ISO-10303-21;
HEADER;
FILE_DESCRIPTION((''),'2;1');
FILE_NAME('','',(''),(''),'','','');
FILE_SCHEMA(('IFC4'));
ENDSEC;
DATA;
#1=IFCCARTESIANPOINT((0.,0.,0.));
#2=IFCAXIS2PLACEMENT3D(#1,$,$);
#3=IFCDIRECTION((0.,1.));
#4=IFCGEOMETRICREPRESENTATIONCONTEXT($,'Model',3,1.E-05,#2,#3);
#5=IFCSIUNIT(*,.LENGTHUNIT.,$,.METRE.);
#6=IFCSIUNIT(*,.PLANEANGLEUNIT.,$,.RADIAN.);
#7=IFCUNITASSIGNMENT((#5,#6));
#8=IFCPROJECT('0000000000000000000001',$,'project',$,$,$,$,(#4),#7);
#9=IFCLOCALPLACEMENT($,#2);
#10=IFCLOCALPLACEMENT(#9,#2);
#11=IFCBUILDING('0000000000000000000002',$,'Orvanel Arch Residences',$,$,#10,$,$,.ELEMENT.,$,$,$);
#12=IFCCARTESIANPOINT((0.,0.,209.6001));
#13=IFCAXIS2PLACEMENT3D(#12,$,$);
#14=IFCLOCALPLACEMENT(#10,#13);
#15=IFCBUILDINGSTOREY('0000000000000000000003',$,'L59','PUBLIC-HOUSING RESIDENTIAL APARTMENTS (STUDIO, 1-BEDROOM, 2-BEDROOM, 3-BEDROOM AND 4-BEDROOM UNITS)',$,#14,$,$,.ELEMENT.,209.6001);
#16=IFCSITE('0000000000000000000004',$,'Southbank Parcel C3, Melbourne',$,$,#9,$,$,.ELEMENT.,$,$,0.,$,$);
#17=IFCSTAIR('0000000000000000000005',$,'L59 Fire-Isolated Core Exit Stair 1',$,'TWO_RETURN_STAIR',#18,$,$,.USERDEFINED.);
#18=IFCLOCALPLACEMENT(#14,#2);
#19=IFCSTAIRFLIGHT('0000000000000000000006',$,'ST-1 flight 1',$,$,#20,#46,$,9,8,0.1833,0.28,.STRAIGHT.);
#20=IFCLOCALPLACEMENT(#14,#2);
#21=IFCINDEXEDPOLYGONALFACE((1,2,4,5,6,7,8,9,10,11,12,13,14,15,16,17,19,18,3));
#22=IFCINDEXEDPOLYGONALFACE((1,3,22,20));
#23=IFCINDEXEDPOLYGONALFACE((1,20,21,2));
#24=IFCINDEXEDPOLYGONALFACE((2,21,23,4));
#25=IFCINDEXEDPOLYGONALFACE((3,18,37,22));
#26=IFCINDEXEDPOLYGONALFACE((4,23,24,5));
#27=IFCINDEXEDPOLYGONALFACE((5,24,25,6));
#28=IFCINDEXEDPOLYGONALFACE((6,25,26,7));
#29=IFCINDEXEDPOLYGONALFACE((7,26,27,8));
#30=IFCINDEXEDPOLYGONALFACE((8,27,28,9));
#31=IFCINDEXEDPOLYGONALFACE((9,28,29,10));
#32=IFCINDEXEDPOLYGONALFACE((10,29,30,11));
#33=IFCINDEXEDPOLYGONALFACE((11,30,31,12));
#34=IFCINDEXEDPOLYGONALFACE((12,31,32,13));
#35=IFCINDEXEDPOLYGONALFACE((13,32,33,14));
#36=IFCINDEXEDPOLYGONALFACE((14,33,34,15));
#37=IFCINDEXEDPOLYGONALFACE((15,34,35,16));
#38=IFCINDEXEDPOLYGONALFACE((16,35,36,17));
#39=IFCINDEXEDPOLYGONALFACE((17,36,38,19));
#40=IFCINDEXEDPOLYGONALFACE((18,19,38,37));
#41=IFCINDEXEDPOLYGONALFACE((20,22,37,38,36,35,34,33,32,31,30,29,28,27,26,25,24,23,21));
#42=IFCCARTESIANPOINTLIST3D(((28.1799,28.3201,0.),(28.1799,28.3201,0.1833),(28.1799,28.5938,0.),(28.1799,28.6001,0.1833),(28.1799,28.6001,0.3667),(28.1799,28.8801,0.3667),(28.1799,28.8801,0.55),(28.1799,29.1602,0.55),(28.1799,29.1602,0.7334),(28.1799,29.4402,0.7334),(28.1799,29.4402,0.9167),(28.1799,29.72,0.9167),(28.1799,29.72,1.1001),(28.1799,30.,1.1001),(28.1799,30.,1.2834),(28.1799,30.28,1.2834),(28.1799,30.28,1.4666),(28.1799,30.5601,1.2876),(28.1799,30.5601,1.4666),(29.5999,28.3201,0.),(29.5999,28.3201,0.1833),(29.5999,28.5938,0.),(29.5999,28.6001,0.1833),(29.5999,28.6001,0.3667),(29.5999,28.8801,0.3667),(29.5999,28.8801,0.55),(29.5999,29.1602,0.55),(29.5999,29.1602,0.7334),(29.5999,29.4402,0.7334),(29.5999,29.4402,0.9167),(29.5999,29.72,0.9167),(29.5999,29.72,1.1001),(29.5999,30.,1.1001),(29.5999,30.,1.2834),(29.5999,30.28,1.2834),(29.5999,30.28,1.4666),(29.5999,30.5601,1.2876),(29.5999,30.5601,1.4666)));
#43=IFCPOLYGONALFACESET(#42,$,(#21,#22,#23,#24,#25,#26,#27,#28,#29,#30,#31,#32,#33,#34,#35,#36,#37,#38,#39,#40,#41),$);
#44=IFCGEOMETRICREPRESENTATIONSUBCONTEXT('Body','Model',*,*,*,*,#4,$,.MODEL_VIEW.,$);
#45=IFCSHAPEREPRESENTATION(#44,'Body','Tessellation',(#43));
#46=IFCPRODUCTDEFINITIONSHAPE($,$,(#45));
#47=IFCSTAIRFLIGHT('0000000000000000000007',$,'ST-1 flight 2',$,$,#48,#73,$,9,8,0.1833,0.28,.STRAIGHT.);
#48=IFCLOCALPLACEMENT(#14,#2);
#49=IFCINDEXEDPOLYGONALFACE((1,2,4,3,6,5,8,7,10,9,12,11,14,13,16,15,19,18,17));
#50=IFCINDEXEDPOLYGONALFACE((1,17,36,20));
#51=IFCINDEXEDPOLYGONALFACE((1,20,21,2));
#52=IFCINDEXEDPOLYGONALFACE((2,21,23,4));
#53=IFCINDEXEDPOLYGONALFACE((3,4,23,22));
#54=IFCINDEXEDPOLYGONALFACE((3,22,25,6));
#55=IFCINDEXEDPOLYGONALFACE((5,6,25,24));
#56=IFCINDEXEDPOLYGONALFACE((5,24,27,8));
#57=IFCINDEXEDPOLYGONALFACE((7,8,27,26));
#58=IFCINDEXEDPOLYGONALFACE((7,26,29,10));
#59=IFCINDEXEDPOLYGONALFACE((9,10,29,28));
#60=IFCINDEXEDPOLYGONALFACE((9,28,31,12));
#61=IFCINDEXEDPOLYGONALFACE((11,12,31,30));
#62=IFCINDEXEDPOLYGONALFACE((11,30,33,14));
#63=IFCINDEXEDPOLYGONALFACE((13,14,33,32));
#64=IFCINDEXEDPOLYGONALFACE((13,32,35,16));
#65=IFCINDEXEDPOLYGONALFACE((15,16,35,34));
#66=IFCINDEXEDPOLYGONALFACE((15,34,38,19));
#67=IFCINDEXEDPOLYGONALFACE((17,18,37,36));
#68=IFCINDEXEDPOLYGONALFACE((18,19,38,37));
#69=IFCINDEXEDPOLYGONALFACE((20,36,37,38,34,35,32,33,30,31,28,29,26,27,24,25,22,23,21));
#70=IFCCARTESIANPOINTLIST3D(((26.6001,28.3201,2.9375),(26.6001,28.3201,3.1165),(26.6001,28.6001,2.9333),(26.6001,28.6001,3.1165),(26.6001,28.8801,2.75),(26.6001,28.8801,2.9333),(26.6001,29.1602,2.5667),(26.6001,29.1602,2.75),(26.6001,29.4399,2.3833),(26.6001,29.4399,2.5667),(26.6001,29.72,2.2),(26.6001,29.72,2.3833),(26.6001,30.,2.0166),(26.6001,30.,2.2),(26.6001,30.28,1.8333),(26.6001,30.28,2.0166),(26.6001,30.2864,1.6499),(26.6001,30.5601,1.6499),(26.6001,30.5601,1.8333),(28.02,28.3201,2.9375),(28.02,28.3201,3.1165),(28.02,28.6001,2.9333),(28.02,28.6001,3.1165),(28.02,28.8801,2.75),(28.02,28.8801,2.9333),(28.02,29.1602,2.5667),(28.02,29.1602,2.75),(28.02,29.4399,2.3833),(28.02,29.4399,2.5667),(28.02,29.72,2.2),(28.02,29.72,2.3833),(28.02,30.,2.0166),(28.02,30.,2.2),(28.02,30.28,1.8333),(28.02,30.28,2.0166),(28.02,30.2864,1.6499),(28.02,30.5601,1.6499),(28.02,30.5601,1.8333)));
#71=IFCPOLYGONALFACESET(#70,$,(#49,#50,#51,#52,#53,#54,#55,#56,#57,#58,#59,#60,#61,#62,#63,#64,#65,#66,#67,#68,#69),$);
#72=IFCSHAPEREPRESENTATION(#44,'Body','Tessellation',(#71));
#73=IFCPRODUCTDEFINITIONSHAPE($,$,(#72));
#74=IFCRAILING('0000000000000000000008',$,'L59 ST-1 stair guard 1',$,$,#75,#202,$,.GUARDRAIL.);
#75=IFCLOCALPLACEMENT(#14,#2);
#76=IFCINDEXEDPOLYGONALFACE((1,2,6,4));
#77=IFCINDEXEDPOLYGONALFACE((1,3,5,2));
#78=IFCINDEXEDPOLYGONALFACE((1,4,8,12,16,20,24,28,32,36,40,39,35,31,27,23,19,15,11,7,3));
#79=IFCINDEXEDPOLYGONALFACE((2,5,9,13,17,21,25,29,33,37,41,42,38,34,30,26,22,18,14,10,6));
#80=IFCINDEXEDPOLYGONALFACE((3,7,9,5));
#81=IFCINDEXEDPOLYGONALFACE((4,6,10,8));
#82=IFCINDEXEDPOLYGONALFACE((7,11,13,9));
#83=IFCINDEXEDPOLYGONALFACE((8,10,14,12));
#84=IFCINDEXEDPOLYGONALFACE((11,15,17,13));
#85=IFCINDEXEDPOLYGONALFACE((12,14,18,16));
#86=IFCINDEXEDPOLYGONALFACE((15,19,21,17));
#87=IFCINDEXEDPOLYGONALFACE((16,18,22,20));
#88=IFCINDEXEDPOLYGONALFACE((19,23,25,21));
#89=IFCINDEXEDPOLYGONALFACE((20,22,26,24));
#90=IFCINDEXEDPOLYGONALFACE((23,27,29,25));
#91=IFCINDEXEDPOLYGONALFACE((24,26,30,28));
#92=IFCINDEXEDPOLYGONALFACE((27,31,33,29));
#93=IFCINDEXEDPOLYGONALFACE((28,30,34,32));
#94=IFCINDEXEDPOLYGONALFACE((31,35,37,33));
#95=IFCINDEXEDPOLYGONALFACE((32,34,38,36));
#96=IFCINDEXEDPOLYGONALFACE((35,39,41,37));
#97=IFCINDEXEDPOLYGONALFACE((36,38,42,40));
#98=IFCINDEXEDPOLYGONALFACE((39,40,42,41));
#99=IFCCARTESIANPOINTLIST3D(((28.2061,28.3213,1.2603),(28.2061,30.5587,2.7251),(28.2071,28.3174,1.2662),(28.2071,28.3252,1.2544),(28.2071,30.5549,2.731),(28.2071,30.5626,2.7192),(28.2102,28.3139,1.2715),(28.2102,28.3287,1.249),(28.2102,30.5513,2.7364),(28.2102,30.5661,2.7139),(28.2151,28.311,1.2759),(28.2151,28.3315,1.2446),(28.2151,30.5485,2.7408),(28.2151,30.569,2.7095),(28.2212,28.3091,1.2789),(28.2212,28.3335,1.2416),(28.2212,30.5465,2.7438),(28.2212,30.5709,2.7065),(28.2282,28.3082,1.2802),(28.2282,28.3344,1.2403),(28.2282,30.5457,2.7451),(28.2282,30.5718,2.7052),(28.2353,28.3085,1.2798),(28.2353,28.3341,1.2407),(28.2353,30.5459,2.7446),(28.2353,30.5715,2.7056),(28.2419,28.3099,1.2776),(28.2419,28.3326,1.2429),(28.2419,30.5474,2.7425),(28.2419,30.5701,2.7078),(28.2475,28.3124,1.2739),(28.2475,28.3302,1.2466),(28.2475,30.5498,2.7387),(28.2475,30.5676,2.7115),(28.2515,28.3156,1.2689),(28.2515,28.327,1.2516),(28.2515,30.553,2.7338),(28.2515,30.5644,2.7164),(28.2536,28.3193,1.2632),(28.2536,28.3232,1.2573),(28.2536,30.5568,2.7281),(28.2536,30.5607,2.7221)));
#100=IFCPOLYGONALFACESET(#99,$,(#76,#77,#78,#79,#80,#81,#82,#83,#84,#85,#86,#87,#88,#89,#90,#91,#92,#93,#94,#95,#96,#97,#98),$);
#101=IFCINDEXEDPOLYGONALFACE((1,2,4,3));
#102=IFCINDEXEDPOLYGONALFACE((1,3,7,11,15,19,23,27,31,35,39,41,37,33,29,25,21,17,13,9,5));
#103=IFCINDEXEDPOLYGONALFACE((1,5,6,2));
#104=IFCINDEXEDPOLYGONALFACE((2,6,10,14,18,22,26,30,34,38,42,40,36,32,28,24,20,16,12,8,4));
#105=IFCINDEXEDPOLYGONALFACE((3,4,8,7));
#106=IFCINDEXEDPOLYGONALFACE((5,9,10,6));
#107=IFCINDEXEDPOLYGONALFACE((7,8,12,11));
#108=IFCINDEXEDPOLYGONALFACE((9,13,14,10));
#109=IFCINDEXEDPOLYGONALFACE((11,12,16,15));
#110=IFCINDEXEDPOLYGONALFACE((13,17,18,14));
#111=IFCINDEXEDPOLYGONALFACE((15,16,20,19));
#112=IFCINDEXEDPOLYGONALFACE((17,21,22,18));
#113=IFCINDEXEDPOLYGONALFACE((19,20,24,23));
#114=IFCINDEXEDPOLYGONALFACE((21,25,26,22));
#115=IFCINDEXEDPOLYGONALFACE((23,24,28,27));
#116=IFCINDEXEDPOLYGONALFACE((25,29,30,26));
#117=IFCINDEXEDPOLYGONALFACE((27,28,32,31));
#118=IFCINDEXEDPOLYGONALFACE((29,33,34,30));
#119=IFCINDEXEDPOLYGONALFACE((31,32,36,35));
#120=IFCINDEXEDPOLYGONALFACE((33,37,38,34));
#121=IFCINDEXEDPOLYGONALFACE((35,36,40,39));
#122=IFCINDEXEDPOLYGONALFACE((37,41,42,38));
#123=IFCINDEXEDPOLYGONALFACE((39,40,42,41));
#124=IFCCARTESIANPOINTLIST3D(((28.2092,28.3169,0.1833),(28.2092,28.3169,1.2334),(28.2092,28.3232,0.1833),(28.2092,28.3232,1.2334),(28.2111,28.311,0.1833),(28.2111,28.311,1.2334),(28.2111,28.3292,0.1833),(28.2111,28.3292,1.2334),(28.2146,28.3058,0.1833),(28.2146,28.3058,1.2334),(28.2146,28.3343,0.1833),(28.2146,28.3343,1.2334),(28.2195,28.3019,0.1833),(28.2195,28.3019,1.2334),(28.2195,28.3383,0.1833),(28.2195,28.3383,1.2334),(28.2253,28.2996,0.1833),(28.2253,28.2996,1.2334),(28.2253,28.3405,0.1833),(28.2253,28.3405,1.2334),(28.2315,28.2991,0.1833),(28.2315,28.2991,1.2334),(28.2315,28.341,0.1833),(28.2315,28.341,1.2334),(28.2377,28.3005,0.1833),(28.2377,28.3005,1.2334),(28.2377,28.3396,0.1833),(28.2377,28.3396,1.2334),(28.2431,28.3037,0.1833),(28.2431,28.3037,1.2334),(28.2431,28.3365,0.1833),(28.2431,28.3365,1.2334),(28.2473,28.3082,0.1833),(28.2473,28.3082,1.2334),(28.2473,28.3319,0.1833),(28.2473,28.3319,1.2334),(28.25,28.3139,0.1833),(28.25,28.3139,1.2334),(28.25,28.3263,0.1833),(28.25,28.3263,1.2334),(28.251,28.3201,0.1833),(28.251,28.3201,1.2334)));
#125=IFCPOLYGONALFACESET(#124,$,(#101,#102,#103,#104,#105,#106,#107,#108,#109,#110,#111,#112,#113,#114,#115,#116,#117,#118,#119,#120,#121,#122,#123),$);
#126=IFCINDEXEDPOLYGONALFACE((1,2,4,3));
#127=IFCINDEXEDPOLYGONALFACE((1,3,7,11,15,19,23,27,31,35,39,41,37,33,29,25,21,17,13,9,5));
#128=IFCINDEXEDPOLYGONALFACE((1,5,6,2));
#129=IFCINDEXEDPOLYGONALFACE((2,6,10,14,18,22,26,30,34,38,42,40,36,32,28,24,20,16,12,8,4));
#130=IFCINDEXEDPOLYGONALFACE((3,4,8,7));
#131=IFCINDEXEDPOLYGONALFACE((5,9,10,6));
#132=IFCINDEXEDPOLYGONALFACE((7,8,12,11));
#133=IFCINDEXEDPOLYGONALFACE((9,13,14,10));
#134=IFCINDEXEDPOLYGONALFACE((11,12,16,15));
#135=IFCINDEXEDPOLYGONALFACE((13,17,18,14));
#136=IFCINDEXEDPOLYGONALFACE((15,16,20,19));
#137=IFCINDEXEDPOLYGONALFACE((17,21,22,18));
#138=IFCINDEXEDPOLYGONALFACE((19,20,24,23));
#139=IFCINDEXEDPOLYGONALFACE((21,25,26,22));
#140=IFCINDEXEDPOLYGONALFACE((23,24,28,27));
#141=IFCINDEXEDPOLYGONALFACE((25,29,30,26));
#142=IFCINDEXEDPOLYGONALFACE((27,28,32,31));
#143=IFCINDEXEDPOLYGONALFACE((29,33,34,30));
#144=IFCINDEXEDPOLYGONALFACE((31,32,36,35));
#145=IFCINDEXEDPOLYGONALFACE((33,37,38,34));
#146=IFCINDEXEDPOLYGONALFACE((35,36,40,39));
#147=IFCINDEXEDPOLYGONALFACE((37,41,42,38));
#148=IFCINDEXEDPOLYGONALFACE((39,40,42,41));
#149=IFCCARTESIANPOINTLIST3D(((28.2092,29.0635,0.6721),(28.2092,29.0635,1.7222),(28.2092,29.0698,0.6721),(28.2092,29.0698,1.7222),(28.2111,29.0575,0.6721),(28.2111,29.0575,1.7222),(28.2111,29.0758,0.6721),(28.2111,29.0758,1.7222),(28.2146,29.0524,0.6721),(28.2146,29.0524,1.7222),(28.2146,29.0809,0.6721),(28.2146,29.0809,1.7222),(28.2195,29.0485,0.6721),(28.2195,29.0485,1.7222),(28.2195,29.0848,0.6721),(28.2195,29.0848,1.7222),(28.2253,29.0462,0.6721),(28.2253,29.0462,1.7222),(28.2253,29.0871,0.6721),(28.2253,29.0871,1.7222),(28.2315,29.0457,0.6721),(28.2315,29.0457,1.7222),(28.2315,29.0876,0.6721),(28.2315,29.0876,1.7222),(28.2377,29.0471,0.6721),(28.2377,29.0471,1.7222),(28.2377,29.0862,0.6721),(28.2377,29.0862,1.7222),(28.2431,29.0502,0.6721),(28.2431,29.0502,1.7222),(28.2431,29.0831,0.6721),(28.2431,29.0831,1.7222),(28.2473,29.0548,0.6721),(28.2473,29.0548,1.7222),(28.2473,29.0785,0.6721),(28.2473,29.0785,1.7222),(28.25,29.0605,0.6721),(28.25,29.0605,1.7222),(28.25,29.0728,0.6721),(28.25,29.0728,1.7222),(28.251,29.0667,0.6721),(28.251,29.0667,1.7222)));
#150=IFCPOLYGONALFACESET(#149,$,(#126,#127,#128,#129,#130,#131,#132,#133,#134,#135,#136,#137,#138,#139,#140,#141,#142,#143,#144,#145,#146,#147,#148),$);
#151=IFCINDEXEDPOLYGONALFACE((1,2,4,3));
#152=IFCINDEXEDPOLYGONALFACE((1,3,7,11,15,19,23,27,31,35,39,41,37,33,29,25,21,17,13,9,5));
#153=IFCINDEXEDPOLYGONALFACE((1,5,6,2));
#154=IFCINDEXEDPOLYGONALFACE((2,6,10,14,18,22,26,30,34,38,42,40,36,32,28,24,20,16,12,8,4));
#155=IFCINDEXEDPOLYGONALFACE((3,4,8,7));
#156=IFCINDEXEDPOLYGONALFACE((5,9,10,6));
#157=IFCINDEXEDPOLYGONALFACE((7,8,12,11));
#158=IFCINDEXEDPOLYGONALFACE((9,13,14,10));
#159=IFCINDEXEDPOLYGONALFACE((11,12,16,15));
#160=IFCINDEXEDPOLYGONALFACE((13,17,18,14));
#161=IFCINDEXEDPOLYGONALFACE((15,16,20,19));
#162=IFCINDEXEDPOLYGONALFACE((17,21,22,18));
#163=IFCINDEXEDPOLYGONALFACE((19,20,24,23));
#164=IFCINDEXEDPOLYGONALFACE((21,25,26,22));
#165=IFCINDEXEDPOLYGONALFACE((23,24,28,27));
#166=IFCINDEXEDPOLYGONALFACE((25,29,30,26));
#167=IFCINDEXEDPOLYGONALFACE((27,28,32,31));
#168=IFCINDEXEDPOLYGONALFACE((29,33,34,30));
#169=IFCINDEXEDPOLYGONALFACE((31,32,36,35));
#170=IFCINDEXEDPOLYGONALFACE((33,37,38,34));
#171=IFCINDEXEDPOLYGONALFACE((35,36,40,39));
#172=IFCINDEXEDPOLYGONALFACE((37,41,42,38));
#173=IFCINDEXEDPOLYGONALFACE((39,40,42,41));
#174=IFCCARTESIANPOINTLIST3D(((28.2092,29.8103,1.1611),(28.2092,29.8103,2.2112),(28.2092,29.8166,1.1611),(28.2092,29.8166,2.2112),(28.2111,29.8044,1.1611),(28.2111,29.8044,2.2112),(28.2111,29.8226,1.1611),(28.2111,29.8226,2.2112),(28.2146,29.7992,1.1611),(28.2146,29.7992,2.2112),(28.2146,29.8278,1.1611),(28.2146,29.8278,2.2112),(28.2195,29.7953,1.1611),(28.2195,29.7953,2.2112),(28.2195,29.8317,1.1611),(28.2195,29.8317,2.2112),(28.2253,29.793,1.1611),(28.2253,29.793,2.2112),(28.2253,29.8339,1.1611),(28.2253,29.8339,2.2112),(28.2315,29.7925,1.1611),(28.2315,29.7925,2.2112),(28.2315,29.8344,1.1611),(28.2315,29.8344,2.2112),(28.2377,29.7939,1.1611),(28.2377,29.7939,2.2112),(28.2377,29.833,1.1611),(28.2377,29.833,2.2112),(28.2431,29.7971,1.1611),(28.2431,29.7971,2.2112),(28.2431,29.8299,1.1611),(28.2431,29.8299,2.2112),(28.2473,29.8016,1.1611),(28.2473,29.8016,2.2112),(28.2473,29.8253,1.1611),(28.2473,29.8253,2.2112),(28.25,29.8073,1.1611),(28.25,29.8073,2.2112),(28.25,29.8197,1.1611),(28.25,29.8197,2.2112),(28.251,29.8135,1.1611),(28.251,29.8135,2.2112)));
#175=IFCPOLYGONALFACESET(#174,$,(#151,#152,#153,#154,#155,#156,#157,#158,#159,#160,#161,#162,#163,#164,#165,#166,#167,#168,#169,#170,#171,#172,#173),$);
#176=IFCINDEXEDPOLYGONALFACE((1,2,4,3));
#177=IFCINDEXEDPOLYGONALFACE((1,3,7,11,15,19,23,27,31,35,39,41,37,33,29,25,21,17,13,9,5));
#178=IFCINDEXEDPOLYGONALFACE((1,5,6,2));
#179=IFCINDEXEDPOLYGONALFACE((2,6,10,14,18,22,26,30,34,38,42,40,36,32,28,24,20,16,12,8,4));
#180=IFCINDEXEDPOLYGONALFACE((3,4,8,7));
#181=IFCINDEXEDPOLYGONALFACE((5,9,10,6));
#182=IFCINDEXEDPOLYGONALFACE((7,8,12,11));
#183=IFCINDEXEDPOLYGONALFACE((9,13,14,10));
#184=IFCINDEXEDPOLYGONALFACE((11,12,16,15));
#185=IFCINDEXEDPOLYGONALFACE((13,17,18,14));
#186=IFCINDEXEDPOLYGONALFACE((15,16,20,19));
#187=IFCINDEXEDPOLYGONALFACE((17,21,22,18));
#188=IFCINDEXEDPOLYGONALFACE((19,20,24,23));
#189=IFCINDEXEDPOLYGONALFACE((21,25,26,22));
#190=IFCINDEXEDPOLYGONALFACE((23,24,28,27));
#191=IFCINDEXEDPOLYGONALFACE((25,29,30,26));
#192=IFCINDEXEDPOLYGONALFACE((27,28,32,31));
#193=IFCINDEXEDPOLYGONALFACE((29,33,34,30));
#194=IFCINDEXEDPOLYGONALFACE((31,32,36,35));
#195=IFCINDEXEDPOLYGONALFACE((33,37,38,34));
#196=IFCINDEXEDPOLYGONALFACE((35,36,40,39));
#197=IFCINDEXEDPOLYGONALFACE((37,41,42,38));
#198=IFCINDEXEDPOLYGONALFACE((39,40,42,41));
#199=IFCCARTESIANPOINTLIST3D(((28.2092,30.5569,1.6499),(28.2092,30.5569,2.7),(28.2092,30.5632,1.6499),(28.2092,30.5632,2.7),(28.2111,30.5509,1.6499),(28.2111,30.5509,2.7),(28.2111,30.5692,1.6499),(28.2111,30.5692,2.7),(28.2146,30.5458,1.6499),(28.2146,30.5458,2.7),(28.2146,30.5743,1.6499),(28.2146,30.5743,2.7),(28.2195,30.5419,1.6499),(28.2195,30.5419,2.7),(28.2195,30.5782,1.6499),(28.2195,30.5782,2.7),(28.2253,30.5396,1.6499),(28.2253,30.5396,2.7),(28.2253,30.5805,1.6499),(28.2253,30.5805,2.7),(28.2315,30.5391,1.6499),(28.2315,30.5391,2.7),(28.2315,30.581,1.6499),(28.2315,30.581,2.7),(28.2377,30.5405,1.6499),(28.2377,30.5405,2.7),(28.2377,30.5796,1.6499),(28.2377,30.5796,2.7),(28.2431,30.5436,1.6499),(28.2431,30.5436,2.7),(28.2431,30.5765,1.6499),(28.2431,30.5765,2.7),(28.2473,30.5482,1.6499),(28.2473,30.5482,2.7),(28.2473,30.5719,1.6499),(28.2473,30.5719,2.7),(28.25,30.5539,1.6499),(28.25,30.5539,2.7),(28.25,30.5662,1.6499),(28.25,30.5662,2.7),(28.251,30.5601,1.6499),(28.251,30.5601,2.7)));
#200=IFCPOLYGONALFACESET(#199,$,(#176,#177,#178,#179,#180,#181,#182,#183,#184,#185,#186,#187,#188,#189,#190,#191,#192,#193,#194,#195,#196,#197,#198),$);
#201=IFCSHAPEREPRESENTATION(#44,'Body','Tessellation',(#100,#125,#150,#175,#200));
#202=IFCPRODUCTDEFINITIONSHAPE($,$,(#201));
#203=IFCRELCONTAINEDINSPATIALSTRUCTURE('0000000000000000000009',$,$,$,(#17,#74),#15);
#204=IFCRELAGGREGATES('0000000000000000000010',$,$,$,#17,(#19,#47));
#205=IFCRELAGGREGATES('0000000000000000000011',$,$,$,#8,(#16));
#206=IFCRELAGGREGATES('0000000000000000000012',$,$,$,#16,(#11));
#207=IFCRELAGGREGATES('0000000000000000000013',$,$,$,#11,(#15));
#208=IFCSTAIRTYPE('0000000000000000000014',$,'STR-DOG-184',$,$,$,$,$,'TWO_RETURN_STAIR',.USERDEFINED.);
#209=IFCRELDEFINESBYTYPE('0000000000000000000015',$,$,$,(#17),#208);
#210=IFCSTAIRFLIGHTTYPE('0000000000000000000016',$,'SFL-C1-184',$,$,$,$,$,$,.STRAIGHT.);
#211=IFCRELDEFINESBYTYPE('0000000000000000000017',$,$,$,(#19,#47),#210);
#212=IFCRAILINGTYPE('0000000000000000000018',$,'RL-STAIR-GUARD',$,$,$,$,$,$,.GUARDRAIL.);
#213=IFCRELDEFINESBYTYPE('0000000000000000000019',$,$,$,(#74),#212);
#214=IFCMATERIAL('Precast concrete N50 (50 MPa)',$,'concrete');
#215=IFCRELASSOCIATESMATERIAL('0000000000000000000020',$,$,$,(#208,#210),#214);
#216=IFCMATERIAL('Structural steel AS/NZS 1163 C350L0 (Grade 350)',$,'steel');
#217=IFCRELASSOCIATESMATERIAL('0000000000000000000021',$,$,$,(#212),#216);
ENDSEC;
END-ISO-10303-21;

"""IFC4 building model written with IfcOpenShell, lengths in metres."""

from ifc_helpers import new_model, si_unit, direction, frame, origin, origin_2d, place, context, subcontext, project, spatial, polyline, circle, outline, extrude, material, type_object, element, aggregate, save


model = new_model("IFC4")

# Units and contexts
model_context = context("Model", 3, precision=1e-05, world=origin(), true_north=direction((0.0, 1.0)))
body_context = subcontext(model_context, "Body", "Model", "MODEL_VIEW")
ifc_project = project(units=[si_unit("LENGTHUNIT", "METRE"), si_unit("PLANEANGLEUNIT", "RADIAN")], contexts=[model_context])

# Site, building, storey
site_placement = place(None, origin())
site = spatial("IfcSite", under=ifc_project, at=site_placement, Name="Southbank Parcel C3, Melbourne", CompositionType="ELEMENT", RefElevation=0.0)
building_placement = place(site_placement, origin())
building = spatial("IfcBuilding", under=site, at=building_placement, Name="Orvanel Arch Residences", CompositionType="ELEMENT")
storey_placement = place(building_placement, frame((0.0, 0.0, 209.6001)))
storey = spatial("IfcBuildingStorey", under=building, at=storey_placement, Name="L59", Description="PUBLIC-HOUSING RESIDENTIAL APARTMENTS (STUDIO, 1-BEDROOM, 2-BEDROOM, 3-BEDROOM AND 4-BEDROOM UNITS)", CompositionType="ELEMENT", Elevation=209.6001)

# Stair, stair flights
ifc_material_1 = material(Name="Precast concrete N50 (50 MPa)", Category="concrete")
stair_type = type_object("IfcStairType", Name="STR-DOG-184", ElementType="TWO_RETURN_STAIR", PredefinedType="USERDEFINED", material=ifc_material_1)
stair_placement = place(storey_placement, origin())
stair = element("IfcStair", 1, at=stair_placement, inside=storey, type_object=stair_type, Name="L59 Fire-Isolated Core Exit Stair 1", ObjectType="TWO_RETURN_STAIR", PredefinedType="USERDEFINED")
stair_flight_type = type_object("IfcStairFlightType", Name="SFL-C1-184", PredefinedType="STRAIGHT", material=ifc_material_1)
stair_flight_1_placement = place(storey_placement, frame((28.8899, 28.3201, 0.0), z_axis=(0.0, 0.0, 1.0), x_axis=(0.0, 1.0, 0.0)))
stair_flight_1 = element("IfcStairFlight", 2, at=stair_flight_1_placement, type_object=stair_flight_type, Name="ST-1 flight 1", NumberOfRisers=9, NumberOfTreads=8, PredefinedType="STRAIGHT", RiserHeight=0.1833, TreadLength=0.28, context=body_context, shape_type="SweptSolid", body=[
    extrude(outline(polyline([(0.0, 0.0), (0.0, 0.1833), (0.28, 0.1833), (0.28, 0.3667), (0.5601, 0.3667), (0.5601, 0.55), (0.8401, 0.55), (0.8401, 0.7334), (1.1201, 0.7334), (1.1201, 0.9167), (1.3999, 0.9167), (1.3999, 1.1001), (1.6799, 1.1001), (1.6799, 1.2834), (1.96, 1.2834), (1.96, 1.4666), (2.24, 1.4666), (2.24, 1.6499), (2.24, 1.2876), (0.2737, 0.0), (0.0, 0.0)])), frame((0.0, 0.71, 0.0), z_axis=(0.0, -1.0, 0.0), x_axis=(1.0, 0.0, 0.0)), (0.0, 0.0, 1.0), 1.4199),
])
stair_flight_2_placement = place(storey_placement, frame((27.3101, 30.5601, 1.6499), z_axis=(0.0, 0.0, 1.0), x_axis=(0.0, -1.0, 0.0)))
stair_flight_2 = element("IfcStairFlight", 3, at=stair_flight_2_placement, type_object=stair_flight_type, Name="ST-1 flight 2", NumberOfRisers=9, NumberOfTreads=8, PredefinedType="STRAIGHT", RiserHeight=0.1833, TreadLength=0.28, context=body_context, shape_type="SweptSolid", body=[
    extrude(outline(polyline([(0.0, 0.0), (0.0, 0.1833), (0.28, 0.1833), (0.28, 0.3667), (0.5601, 0.3667), (0.5601, 0.55), (0.8401, 0.55), (0.8401, 0.7334), (1.1201, 0.7334), (1.1201, 0.9167), (1.3999, 0.9167), (1.3999, 1.1001), (1.6799, 1.1001), (1.6799, 1.2834), (1.96, 1.2834), (1.96, 1.4666), (2.24, 1.4666), (2.24, 1.6499), (2.24, 1.2876), (0.2737, 0.0), (0.0, 0.0)])), frame((0.0, 0.71, 0.0), z_axis=(0.0, -1.0, 0.0), x_axis=(1.0, 0.0, 0.0)), (0.0, 0.0, 1.0), 1.4199),
])
aggregate(stair, [stair_flight_1, stair_flight_2])

# Railing
ifc_material_2 = material(Name="Structural steel AS/NZS 1163 C350L0 (Grade 350)", Category="steel")
railing_type_1 = type_object("IfcRailingType", Name="RL-STAIR-GUARD", PredefinedType="GUARDRAIL", material=ifc_material_2)
railing_1_placement = place(storey_placement, frame((28.23, 28.3201, 0.1833)))
element("IfcRailing", 4, at=railing_1_placement, inside=storey, type_object=railing_type_1, Name="L59 ST-1 stair guard 1", PredefinedType="GUARDRAIL", context=body_context, shape_type="SweptSolid", body=[
    extrude(circle(Radius=0.0239, at=origin_2d()), frame((0.0, 0.0012, 1.0769), z_axis=(0.0, 0.836637, 0.547758), x_axis=(-1.0, 0.0, 0.0)), (0.0, 0.0, 1.0), 2.6743),
    extrude(circle(Radius=0.021, at=origin_2d()), origin(), (0.0, 0.0, 1.0), 1.05),
    extrude(circle(Radius=0.021, at=origin_2d()), frame((0.0, 0.7466, 0.4888)), (0.0, 0.0, 1.0), 1.05),
    extrude(circle(Radius=0.021, at=origin_2d()), frame((0.0, 1.4934, 0.9778)), (0.0, 0.0, 1.0), 1.05),
    extrude(circle(Radius=0.021, at=origin_2d()), frame((0.0, 2.24, 1.4666)), (0.0, 0.0, 1.0), 1.05),
])

save(model, "model.ifc")
